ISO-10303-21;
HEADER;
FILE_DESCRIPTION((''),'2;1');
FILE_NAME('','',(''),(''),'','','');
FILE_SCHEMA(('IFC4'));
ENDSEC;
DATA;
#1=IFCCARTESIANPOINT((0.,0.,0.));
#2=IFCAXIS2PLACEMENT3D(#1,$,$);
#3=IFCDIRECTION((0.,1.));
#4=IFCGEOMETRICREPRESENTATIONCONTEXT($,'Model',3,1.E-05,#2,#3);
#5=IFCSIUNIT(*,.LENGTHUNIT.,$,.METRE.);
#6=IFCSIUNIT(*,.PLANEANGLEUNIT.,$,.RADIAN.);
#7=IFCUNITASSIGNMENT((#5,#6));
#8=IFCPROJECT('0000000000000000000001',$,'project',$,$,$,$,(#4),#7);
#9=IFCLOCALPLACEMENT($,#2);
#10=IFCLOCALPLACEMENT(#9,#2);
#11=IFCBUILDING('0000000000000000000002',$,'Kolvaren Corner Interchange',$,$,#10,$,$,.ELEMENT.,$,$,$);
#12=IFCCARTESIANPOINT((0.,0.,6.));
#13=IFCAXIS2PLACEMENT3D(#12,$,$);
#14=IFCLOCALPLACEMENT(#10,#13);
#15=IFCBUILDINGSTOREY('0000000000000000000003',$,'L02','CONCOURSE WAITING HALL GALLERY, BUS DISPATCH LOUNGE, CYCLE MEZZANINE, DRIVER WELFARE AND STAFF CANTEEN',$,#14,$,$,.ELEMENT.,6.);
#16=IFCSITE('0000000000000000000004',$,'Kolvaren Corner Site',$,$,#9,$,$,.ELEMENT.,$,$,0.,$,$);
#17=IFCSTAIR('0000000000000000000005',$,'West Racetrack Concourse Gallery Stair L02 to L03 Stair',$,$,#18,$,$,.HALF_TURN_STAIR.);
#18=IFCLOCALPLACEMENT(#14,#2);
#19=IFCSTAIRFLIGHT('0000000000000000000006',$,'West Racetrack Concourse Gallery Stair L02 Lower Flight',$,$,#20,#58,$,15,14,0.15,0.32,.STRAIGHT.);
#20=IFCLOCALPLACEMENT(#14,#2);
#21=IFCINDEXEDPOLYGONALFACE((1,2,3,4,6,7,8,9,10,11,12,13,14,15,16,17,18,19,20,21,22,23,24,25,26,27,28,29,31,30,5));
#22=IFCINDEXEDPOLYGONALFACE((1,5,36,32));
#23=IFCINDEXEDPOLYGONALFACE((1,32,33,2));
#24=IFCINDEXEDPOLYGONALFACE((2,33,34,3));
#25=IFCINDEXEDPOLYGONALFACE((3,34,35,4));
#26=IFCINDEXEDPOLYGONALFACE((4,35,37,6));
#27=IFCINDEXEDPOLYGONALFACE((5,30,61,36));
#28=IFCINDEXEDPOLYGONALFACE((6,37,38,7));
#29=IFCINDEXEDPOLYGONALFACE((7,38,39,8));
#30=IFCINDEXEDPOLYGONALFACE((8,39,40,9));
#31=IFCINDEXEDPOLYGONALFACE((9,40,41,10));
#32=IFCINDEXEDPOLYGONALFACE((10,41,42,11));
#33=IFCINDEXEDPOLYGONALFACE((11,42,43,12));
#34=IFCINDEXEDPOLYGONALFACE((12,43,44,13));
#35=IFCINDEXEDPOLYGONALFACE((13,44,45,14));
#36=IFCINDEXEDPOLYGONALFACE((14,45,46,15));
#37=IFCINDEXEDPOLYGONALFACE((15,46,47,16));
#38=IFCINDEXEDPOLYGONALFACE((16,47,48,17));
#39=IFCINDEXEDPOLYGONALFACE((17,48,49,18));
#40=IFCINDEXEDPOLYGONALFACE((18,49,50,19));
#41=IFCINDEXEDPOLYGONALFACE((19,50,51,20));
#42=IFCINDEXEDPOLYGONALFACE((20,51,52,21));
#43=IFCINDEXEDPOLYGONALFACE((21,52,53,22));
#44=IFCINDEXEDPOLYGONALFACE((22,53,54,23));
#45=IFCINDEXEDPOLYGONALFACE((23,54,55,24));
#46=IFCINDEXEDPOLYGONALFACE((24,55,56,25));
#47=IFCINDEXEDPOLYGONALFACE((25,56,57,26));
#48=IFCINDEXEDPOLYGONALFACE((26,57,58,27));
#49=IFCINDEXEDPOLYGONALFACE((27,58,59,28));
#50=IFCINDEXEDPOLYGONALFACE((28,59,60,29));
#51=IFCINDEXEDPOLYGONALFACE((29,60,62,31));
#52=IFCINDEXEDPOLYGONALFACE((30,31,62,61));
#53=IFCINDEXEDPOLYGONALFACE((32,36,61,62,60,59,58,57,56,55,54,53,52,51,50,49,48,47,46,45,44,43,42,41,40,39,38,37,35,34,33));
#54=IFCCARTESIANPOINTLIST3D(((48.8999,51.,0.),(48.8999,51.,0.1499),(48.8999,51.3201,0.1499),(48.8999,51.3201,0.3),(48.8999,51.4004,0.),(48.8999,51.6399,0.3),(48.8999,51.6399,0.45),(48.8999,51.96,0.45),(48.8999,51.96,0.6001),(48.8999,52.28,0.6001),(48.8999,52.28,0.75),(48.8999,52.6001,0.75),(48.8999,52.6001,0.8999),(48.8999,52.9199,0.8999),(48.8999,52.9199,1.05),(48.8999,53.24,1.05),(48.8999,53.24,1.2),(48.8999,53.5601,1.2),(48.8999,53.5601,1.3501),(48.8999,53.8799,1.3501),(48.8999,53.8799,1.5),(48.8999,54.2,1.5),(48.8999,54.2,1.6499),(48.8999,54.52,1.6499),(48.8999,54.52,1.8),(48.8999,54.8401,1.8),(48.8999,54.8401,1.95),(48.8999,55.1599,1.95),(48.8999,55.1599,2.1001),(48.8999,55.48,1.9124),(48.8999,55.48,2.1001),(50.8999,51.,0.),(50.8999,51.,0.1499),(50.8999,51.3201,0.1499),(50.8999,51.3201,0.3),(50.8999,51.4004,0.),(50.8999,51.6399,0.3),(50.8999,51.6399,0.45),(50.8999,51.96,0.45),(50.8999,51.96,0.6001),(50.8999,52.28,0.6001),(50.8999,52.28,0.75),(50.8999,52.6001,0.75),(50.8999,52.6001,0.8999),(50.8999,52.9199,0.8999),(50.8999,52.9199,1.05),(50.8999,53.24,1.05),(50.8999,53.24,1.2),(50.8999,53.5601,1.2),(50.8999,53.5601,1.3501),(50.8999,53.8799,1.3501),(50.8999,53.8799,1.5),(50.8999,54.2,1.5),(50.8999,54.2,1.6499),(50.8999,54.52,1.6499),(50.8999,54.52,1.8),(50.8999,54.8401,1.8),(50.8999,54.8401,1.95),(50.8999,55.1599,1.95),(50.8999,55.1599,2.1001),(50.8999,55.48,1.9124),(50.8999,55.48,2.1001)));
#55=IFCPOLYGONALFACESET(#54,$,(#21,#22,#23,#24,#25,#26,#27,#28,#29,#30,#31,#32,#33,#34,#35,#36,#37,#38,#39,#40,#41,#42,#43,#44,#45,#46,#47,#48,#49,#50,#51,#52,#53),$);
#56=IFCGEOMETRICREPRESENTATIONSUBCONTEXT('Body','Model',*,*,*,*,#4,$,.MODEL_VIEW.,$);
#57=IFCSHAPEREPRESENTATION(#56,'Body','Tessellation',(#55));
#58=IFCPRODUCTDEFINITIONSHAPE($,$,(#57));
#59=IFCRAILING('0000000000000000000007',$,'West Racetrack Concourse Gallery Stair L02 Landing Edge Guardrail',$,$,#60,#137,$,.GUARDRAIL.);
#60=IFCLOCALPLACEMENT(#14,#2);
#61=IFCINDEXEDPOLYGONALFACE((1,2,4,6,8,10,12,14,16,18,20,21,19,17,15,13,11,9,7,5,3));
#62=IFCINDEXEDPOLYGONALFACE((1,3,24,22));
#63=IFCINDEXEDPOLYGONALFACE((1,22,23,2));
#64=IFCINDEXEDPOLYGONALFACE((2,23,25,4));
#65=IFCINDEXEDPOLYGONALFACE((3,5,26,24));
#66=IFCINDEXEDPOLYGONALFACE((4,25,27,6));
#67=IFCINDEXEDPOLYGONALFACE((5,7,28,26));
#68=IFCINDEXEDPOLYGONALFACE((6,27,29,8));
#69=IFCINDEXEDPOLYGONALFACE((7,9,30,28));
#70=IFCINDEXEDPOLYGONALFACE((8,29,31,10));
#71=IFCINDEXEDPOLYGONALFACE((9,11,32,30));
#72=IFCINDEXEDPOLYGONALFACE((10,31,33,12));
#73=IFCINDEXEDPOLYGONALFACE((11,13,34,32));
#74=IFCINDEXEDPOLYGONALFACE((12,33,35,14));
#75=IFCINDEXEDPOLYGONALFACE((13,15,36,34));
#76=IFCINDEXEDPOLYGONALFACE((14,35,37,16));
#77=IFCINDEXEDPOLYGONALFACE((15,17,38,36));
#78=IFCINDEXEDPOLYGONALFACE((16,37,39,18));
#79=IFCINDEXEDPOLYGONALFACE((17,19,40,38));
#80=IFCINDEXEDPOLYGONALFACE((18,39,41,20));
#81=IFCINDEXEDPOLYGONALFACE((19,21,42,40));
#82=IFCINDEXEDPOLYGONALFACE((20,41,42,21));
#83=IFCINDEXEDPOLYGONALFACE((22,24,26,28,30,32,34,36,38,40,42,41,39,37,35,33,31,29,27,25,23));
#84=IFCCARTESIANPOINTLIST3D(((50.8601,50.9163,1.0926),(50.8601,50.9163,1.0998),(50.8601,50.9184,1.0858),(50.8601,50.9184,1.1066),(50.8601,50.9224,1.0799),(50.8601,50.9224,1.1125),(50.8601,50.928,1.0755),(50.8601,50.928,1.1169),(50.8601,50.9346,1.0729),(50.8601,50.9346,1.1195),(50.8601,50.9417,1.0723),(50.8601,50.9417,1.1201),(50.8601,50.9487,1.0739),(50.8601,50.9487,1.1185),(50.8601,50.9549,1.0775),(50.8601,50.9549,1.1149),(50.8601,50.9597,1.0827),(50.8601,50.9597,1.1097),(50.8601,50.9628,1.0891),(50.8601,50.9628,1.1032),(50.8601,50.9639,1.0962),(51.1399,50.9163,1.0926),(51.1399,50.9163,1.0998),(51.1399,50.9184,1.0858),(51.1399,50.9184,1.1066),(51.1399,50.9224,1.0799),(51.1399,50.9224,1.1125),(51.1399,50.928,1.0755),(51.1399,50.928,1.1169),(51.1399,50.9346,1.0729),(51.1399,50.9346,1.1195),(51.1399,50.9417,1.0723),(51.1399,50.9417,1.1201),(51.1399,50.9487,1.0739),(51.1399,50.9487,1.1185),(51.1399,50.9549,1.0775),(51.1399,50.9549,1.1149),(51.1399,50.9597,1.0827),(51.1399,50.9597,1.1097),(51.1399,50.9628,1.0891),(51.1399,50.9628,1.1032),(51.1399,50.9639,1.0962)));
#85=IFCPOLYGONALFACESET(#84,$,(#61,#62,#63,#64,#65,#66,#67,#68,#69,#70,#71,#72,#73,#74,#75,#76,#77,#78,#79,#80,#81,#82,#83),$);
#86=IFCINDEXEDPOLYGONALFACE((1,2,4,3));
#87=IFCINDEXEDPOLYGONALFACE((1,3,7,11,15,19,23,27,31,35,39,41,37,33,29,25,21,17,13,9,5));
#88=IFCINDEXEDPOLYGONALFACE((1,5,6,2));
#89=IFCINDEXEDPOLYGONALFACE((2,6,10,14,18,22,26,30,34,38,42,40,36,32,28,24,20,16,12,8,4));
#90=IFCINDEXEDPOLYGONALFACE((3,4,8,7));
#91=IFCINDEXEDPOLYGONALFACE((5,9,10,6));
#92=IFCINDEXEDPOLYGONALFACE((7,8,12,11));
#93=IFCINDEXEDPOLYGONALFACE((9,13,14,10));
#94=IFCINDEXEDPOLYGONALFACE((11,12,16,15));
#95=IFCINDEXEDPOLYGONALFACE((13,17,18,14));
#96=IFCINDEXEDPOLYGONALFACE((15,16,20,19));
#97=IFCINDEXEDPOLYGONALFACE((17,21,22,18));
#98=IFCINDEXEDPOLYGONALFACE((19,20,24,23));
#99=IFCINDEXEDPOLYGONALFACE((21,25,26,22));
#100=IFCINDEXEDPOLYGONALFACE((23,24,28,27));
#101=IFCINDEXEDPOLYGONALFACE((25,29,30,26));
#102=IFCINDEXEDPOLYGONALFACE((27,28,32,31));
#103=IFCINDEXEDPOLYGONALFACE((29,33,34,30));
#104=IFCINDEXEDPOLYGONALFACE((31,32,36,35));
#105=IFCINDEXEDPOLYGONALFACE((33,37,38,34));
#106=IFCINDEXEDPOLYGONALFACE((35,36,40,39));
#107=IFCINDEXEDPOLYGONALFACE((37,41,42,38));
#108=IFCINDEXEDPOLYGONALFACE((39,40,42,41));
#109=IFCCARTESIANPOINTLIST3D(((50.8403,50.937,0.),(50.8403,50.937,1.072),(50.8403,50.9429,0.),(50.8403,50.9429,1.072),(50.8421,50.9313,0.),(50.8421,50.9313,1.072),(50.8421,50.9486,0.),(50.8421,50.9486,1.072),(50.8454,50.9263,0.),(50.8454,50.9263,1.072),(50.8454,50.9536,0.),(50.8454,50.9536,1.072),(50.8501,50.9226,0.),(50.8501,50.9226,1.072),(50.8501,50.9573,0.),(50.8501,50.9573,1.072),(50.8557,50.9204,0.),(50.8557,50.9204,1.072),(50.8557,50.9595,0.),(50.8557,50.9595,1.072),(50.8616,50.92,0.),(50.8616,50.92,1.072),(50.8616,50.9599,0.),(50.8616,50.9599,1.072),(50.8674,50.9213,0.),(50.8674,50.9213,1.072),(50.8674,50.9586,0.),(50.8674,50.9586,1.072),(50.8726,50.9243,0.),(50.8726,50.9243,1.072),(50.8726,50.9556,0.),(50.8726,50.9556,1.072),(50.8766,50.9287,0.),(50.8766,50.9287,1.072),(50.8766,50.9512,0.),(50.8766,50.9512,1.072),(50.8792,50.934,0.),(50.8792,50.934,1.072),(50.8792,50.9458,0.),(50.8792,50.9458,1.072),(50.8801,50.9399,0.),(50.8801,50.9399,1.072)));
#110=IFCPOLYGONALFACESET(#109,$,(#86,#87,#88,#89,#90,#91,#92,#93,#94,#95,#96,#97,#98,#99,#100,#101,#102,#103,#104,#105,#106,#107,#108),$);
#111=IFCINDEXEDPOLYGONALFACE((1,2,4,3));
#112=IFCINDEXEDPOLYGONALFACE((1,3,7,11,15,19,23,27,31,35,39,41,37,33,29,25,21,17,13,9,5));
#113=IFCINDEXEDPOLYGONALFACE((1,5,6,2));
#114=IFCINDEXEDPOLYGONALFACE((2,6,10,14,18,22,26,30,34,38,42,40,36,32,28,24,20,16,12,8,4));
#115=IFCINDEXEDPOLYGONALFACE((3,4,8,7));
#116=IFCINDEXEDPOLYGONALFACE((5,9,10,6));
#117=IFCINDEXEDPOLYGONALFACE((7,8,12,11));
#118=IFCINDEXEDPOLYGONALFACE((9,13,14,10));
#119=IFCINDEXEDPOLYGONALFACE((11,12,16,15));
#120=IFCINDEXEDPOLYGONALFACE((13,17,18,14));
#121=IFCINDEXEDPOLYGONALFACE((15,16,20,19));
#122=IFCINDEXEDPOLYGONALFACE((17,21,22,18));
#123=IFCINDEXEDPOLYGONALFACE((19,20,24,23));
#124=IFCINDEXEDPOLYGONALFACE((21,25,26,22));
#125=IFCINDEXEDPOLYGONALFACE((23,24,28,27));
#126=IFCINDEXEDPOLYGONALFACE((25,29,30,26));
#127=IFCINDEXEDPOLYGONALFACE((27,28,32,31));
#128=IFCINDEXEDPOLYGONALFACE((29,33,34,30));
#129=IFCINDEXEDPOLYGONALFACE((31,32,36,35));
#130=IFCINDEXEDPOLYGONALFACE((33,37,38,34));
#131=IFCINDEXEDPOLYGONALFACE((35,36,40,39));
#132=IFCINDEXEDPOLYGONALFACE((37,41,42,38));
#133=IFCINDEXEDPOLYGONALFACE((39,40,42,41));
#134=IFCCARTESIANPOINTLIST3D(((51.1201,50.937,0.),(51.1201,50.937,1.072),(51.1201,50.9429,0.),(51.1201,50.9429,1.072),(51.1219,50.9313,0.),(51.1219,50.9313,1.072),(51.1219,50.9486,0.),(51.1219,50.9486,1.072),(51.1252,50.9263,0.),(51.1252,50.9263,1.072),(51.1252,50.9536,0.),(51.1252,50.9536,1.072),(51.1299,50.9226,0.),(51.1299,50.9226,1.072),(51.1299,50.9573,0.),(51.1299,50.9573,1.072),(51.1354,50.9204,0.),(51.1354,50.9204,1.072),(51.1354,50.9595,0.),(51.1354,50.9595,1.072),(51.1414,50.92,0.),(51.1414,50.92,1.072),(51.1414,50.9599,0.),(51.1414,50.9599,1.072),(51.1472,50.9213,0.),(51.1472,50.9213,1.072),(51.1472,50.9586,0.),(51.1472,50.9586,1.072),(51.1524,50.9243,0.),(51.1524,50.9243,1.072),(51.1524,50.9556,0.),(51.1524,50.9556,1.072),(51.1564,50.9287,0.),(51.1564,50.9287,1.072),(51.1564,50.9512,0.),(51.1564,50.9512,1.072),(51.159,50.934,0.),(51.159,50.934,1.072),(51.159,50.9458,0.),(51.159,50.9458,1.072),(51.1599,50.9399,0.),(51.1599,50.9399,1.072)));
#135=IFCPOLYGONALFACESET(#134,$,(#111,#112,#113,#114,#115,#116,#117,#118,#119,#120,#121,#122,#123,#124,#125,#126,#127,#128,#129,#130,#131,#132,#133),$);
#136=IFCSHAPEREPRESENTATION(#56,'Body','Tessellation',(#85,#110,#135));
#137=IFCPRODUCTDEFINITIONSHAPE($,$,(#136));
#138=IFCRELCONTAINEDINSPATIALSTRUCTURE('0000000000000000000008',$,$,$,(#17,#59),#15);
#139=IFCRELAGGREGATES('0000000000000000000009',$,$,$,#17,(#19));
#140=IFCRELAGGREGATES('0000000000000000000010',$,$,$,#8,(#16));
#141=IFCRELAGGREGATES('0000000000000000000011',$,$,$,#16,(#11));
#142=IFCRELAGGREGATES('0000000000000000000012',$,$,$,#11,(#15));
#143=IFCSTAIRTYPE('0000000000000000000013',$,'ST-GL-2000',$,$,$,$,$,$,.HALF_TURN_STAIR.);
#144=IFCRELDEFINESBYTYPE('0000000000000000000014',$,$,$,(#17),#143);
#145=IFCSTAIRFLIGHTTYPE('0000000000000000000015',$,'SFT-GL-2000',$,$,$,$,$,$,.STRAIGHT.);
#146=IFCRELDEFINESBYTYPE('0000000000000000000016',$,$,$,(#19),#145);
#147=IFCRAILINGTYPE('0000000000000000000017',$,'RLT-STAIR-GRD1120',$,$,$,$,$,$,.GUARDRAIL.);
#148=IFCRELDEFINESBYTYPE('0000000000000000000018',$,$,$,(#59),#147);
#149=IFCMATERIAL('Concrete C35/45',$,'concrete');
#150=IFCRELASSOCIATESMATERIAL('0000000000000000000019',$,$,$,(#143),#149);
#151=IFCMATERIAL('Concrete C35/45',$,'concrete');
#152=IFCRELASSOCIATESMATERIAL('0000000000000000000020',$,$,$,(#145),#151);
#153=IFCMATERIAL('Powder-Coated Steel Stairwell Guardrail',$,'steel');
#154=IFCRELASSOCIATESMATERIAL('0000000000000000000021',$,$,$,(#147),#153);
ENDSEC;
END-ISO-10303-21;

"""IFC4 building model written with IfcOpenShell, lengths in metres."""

from ifc_helpers import new_model, si_unit, direction, frame, origin, origin_2d, place, context, subcontext, project, spatial, polyline, circle, outline, extrude, material, type_object, element, aggregate, save


model = new_model("IFC4")

# Units and contexts
model_context = context("Model", 3, precision=1e-05, world=origin(), true_north=direction((0.0, 1.0)))
body_context = subcontext(model_context, "Body", "Model", "MODEL_VIEW")
ifc_project = project(units=[si_unit("LENGTHUNIT", "METRE"), si_unit("PLANEANGLEUNIT", "RADIAN")], contexts=[model_context])

# Site, building, storey
site_placement = place(None, origin())
site = spatial("IfcSite", under=ifc_project, at=site_placement, Name="Kolvaren Corner Site", CompositionType="ELEMENT", RefElevation=0.0)
building_placement = place(site_placement, origin())
building = spatial("IfcBuilding", under=site, at=building_placement, Name="Kolvaren Corner Interchange", CompositionType="ELEMENT")
storey_placement = place(building_placement, frame((0.0, 0.0, 6.0)))
storey = spatial("IfcBuildingStorey", under=building, at=storey_placement, Name="L02", Description="CONCOURSE WAITING HALL GALLERY, BUS DISPATCH LOUNGE, CYCLE MEZZANINE, DRIVER WELFARE AND STAFF CANTEEN", CompositionType="ELEMENT", Elevation=6.0)

# Stair, stair flight
ifc_material_1 = material(Name="Concrete C35/45", Category="concrete")
stair_type = type_object("IfcStairType", Name="ST-GL-2000", PredefinedType="HALF_TURN_STAIR", material=ifc_material_1)
stair_placement = place(storey_placement, origin())
stair = element("IfcStair", 1, at=stair_placement, inside=storey, type_object=stair_type, Name="West Racetrack Concourse Gallery Stair L02 to L03 Stair", PredefinedType="HALF_TURN_STAIR")
ifc_material_2 = material(Name="Concrete C35/45", Category="concrete")
stair_flight_type = type_object("IfcStairFlightType", Name="SFT-GL-2000", PredefinedType="STRAIGHT", material=ifc_material_2)
stair_flight_placement = place(storey_placement, frame((49.8999, 51.0, 0.0), z_axis=(0.0, 0.0, 1.0), x_axis=(0.0, 1.0, 0.0)))
stair_flight = element("IfcStairFlight", 2, at=stair_flight_placement, type_object=stair_flight_type, Name="West Racetrack Concourse Gallery Stair L02 Lower Flight", NumberOfRisers=15, NumberOfTreads=14, PredefinedType="STRAIGHT", RiserHeight=0.15, TreadLength=0.32, context=body_context, shape_type="SweptSolid", body=[
    extrude(outline(polyline([(0.0, 0.0), (0.0, 0.1499), (0.3201, 0.1499), (0.3201, 0.3), (0.6399, 0.3), (0.6399, 0.45), (0.96, 0.45), (0.96, 0.6001), (1.28, 0.6001), (1.28, 0.75), (1.6001, 0.75), (1.6001, 0.8999), (1.9199, 0.8999), (1.9199, 1.05), (2.24, 1.05), (2.24, 1.2), (2.5601, 1.2), (2.5601, 1.3501), (2.8799, 1.3501), (2.8799, 1.5), (3.2, 1.5), (3.2, 1.6499), (3.52, 1.6499), (3.52, 1.8), (3.8401, 1.8), (3.8401, 1.95), (4.1599, 1.95), (4.1599, 2.1001), (4.48, 2.1001), (4.48, 2.25), (4.48, 1.9124), (0.4004, 0.0), (0.0, 0.0)])), frame((0.0, 1.0, 0.0), z_axis=(0.0, -1.0, 0.0), x_axis=(1.0, 0.0, 0.0)), (0.0, 0.0, 1.0), 2.0),
])

# Railing
ifc_material_3 = material(Name="Powder-Coated Steel Stairwell Guardrail", Category="steel")
railing_type_1 = type_object("IfcRailingType", Name="RLT-STAIR-GRD1120", PredefinedType="GUARDRAIL", material=ifc_material_3)
railing_1_placement = place(storey_placement, frame((50.8601, 50.9399, 0.0)))
element("IfcRailing", 3, at=railing_1_placement, inside=storey, type_object=railing_type_1, Name="West Racetrack Concourse Gallery Stair L02 Landing Edge Guardrail", PredefinedType="GUARDRAIL", context=body_context, shape_type="SweptSolid", body=[
    extrude(circle(Radius=0.0239, at=origin_2d()), frame((0.0, 0.0, 1.0962), z_axis=(1.0, 0.0, 0.0), x_axis=(0.0, 1.0, 0.0)), (0.0, 0.0, 1.0), 0.2798),
    extrude(circle(Radius=0.02, at=origin_2d()), origin(), (0.0, 0.0, 1.0), 1.072),
    extrude(circle(Radius=0.02, at=origin_2d()), frame((0.2798, 0.0, 0.0)), (0.0, 0.0, 1.0), 1.072),
])
aggregate(stair, [stair_flight])

save(model, "model.ifc")
